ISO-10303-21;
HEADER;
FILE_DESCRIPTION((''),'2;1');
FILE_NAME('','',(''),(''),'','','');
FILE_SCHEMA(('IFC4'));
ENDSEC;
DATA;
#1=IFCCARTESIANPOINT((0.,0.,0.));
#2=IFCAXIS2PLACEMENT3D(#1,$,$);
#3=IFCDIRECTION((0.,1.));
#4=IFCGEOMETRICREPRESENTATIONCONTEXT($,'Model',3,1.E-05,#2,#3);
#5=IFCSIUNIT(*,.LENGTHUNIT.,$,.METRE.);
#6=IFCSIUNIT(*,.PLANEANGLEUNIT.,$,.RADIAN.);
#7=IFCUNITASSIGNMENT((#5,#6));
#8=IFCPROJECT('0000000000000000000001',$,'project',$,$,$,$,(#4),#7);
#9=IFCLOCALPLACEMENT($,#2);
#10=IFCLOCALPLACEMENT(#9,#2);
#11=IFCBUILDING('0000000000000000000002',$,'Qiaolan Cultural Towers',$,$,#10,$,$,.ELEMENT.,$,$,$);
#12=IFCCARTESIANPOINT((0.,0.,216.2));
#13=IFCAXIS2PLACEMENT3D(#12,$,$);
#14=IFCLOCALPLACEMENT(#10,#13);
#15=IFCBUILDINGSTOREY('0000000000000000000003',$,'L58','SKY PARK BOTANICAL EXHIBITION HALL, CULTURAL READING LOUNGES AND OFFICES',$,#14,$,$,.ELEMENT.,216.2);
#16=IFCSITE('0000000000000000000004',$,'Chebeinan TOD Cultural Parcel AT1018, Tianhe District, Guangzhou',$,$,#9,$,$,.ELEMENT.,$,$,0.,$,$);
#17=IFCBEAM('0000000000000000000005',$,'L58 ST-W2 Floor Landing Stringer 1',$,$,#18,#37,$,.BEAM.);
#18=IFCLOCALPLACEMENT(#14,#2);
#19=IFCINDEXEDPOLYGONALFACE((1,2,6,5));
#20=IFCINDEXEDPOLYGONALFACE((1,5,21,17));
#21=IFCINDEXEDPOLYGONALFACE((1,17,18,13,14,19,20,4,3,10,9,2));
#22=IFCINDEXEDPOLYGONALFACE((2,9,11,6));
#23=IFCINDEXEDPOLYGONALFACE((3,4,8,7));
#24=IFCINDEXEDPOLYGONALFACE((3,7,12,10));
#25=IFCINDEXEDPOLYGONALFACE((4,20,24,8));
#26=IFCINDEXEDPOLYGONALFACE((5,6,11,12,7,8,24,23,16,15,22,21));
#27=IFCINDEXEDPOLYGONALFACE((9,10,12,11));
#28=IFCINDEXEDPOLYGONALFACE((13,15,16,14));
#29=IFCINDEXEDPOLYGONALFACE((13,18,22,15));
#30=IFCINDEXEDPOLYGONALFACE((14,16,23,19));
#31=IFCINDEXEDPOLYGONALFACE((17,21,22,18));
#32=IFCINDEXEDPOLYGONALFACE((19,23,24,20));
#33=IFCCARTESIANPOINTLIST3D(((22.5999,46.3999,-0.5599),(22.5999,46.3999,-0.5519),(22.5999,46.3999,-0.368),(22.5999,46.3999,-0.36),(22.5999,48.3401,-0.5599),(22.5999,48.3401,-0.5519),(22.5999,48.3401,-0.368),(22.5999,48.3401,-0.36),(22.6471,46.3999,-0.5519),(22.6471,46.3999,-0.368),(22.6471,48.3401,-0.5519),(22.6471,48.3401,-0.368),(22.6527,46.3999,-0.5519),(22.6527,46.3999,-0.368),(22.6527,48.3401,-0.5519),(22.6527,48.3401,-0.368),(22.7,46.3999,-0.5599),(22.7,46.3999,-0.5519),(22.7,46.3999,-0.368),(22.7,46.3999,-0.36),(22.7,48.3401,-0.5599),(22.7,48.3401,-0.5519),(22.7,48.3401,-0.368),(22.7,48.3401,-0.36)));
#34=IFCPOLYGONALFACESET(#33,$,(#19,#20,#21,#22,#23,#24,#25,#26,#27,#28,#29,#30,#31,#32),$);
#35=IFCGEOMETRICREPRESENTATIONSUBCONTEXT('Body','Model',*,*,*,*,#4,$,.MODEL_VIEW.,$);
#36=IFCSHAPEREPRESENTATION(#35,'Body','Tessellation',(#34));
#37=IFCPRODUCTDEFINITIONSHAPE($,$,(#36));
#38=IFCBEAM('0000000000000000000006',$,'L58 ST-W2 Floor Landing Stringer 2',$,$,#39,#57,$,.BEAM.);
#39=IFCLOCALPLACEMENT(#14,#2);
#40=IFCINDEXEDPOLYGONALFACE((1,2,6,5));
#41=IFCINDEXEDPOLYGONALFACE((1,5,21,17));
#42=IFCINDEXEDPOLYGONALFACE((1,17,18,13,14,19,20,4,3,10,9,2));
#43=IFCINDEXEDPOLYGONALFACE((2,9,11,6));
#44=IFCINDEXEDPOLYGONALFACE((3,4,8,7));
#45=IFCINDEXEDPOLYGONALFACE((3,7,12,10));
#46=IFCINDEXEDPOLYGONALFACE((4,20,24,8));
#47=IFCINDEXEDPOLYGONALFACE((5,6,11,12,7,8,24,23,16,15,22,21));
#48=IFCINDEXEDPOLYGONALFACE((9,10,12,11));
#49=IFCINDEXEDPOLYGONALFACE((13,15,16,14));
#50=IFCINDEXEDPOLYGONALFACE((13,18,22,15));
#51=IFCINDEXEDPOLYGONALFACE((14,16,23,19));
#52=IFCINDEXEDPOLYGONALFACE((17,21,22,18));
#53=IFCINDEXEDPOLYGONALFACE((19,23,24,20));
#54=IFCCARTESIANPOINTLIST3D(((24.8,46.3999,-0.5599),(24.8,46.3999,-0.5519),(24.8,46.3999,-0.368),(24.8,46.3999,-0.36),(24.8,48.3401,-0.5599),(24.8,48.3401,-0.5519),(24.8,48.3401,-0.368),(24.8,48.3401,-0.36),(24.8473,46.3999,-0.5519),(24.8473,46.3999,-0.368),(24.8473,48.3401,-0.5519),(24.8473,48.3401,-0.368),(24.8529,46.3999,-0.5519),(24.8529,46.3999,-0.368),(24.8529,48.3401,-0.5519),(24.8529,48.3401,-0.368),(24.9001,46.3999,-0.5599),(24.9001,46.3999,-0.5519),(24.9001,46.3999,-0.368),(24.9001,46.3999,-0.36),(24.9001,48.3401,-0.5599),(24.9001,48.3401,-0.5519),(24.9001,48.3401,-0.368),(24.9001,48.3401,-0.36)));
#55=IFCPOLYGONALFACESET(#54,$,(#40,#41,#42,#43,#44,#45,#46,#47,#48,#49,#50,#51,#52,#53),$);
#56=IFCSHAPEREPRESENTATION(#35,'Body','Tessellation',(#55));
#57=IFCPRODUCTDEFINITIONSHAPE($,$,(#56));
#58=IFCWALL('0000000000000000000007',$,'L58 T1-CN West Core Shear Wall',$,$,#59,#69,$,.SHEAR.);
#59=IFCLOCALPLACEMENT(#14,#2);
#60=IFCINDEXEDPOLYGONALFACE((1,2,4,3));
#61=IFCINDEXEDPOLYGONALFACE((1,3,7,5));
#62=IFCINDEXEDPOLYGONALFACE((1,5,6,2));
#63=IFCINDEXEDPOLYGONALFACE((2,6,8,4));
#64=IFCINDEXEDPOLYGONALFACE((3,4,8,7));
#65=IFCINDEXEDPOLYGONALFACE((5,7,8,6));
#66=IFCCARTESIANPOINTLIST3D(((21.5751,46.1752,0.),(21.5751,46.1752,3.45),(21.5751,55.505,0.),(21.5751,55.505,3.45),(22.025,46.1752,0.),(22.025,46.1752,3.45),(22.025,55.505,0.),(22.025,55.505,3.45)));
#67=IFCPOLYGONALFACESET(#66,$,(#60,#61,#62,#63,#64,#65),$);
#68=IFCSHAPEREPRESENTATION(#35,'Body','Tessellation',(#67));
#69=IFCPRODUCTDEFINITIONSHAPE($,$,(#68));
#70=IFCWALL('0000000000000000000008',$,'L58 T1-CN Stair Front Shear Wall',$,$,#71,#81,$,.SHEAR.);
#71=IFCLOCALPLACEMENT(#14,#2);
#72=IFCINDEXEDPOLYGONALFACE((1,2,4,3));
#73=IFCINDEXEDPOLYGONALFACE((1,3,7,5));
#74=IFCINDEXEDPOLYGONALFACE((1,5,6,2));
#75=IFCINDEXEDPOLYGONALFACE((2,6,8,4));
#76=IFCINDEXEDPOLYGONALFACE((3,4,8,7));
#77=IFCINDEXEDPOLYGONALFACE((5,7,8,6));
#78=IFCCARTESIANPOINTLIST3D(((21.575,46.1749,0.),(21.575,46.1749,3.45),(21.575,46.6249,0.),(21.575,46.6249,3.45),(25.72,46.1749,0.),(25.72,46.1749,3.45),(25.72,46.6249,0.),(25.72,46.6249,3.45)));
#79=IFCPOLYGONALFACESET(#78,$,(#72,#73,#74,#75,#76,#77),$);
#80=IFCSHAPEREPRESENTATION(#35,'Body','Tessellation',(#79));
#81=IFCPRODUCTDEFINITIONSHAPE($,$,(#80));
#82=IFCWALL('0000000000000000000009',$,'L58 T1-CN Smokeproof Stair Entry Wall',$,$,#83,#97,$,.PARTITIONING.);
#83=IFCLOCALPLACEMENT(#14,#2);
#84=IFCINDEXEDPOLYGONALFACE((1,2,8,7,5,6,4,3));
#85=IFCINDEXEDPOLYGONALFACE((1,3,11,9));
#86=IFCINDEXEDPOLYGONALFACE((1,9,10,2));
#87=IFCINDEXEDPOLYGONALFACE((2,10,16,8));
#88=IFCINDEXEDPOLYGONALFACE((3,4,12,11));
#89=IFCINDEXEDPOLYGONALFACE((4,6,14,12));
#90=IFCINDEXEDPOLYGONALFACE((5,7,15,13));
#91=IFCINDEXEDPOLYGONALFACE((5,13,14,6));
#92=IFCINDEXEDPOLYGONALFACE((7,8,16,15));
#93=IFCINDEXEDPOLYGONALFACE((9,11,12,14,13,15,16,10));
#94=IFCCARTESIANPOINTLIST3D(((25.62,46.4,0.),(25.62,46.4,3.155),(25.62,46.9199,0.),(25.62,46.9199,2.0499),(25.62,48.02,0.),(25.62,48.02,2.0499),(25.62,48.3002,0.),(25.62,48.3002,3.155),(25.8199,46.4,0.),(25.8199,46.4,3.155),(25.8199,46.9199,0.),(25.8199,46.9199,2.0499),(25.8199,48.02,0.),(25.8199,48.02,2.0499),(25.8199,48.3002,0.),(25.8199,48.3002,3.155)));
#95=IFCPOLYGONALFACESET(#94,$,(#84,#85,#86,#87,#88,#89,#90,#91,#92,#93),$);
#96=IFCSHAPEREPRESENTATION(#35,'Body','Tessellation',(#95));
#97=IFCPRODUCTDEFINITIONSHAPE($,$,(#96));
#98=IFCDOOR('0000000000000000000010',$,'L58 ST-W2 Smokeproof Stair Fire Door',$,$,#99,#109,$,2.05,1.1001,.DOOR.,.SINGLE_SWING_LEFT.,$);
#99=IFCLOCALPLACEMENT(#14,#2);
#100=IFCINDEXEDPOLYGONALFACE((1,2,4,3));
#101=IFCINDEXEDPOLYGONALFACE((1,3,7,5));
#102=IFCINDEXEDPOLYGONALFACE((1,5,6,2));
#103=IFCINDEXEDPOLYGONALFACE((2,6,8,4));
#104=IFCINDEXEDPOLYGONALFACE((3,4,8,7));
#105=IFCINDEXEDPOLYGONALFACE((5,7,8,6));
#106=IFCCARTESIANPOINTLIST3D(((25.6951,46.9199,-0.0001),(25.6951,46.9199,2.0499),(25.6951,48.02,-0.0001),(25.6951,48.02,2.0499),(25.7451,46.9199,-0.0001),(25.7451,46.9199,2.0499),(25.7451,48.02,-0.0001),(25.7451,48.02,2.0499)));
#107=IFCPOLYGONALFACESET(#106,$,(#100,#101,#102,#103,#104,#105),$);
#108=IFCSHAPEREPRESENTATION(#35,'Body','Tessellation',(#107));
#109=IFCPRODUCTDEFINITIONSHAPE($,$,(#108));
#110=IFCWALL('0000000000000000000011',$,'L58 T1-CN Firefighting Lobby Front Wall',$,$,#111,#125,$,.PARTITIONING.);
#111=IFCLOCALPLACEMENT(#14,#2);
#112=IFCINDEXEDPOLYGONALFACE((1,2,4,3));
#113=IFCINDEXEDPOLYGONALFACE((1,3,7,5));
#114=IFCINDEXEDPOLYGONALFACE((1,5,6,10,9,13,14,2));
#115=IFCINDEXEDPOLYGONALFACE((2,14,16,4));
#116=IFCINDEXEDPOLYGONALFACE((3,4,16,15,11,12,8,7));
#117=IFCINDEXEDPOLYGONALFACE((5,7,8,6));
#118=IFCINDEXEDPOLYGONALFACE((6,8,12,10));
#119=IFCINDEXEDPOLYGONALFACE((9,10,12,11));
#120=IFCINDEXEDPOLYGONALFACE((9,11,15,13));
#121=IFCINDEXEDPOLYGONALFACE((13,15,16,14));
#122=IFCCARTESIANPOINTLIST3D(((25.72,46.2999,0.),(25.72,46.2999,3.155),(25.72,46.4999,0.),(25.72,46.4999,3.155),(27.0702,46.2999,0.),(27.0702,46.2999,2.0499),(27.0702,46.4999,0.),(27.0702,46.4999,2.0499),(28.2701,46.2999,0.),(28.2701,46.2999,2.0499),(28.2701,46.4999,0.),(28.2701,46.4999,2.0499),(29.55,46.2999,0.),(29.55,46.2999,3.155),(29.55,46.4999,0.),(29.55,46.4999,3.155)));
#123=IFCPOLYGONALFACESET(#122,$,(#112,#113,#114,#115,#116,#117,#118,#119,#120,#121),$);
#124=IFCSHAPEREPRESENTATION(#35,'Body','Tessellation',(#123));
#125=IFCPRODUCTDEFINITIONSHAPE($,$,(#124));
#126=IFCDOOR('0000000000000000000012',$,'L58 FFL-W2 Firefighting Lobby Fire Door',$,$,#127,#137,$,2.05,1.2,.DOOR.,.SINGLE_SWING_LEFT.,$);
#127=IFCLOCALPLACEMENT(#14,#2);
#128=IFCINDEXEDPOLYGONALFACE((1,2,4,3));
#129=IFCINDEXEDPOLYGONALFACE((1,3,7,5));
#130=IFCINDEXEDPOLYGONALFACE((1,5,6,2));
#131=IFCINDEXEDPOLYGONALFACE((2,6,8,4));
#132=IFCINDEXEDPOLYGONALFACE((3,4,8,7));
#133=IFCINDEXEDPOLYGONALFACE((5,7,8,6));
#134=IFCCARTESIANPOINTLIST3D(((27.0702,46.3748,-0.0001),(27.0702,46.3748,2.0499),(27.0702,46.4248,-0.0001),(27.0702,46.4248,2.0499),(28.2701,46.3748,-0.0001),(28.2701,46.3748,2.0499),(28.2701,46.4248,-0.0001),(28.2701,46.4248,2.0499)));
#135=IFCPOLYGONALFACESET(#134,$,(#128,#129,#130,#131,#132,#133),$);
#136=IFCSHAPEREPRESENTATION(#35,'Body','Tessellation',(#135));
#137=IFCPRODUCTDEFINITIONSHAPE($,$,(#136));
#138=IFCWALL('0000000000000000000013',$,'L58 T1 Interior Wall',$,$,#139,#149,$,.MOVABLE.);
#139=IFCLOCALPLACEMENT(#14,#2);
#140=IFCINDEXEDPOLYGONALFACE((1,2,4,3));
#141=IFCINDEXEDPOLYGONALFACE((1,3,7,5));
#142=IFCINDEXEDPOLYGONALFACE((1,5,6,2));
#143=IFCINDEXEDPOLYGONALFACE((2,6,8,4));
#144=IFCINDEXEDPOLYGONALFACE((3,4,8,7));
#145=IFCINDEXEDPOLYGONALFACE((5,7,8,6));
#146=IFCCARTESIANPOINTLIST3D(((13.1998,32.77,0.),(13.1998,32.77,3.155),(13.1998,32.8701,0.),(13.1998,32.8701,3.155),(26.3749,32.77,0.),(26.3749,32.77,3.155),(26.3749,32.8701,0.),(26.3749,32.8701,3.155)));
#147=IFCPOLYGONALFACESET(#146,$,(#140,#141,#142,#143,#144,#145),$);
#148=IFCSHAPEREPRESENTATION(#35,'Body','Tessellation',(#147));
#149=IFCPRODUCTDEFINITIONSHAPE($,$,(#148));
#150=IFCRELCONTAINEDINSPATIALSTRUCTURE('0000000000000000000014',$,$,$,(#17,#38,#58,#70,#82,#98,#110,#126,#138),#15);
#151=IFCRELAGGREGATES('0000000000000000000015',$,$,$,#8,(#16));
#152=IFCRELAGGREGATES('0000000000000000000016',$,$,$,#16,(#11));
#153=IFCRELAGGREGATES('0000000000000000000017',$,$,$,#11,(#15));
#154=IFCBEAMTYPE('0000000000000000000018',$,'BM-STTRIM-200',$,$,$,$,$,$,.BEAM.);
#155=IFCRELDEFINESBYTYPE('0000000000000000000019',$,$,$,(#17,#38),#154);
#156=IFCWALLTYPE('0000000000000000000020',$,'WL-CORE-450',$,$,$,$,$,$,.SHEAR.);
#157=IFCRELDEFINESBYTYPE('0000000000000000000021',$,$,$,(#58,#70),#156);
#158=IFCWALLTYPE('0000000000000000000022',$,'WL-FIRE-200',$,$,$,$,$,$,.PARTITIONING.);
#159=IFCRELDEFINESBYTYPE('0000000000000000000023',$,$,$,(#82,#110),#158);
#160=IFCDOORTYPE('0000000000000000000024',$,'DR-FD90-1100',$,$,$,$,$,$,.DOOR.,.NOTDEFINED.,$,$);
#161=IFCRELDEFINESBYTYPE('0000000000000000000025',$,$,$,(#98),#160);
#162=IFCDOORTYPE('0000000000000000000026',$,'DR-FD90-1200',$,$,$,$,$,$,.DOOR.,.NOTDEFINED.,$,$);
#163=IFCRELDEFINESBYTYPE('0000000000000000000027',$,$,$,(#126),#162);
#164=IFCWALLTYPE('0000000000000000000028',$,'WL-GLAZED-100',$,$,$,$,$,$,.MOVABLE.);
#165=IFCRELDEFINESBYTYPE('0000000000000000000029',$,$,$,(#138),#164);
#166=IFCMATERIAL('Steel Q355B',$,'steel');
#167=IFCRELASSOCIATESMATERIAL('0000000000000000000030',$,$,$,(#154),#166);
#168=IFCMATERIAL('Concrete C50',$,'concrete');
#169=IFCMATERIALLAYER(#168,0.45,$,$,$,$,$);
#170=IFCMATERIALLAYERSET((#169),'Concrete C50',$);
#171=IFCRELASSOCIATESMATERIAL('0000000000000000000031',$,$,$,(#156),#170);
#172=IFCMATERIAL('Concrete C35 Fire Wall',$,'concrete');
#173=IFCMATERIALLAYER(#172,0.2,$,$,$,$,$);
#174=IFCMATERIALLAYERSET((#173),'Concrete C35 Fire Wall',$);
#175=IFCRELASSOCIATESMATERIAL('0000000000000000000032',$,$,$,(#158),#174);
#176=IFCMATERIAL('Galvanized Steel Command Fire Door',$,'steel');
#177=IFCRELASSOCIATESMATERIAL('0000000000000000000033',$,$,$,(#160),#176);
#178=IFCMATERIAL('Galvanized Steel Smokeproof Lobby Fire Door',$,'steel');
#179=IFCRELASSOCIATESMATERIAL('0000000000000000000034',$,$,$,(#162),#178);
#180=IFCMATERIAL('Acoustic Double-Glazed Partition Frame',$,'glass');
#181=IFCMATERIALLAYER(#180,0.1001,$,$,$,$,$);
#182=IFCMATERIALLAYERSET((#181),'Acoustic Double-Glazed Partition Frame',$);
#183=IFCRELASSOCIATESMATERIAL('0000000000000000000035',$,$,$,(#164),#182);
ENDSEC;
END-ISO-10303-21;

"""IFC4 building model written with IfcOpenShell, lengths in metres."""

from ifc_helpers import new_model, si_unit, direction, frame, frame_2d, origin, origin_2d, place, context, subcontext, project, spatial, rectangle, i_section, extrude, material, layer, layer_set, material_profile, profile_set, type_object, element, fill, save


model = new_model("IFC4")

# Units and contexts
model_context = context("Model", 3, precision=1e-05, world=origin(), true_north=direction((0.0, 1.0)))
body_context = subcontext(model_context, "Body", "Model", "MODEL_VIEW")
ifc_project = project(units=[si_unit("LENGTHUNIT", "METRE"), si_unit("PLANEANGLEUNIT", "RADIAN")], contexts=[model_context])

# Site, building, storey
site_placement = place(None, origin())
site = spatial("IfcSite", under=ifc_project, at=site_placement, Name="Chebeinan TOD Cultural Parcel AT1018, Tianhe District, Guangzhou", CompositionType="ELEMENT", RefElevation=0.0)
building_placement = place(site_placement, origin())
building = spatial("IfcBuilding", under=site, at=building_placement, Name="Qiaolan Cultural Towers", CompositionType="ELEMENT")
storey_placement = place(building_placement, frame((0.0, 0.0, 216.2)))
storey = spatial("IfcBuildingStorey", under=building, at=storey_placement, Name="L58", Description="SKY PARK BOTANICAL EXHIBITION HALL, CULTURAL READING LOUNGES AND OFFICES", CompositionType="ELEMENT", Elevation=216.2)

# Beams
ifc_material_1 = material(Name="Steel Q355B", Category="steel")
ifc_material_profile_1 = material_profile(ifc_material_1, i_section(OverallWidth=0.1001, OverallDepth=0.2, WebThickness=0.0056, FlangeThickness=0.0081, at=origin_2d()), Name="HN200x100x5.5x8")
ifc_profile_set_1 = profile_set([ifc_material_profile_1], Name="Steel Q355B")
beam_type_1 = type_object("IfcBeamType", Name="BM-STTRIM-200", PredefinedType="BEAM", material=ifc_profile_set_1)
for number, where, z_axis, x_axis, name in (
    (1, (22.6499, 46.3999, -0.46), (0.0, 1.0, 0.0), (-1.0, 0.0, 0.0), "L58 ST-W2 Floor Landing Stringer 1"),
    (2, (24.8501, 46.3999, -0.46), (0.0, 1.0, 0.0), (-1.0, 0.0, 0.0), "L58 ST-W2 Floor Landing Stringer 2"),
):
    element("IfcBeam", number, at=place(storey_placement, frame(where, z_axis=z_axis, x_axis=x_axis)), inside=storey, type_object=beam_type_1, Name=name, PredefinedType="BEAM", context=body_context, shape_type="SweptSolid", body=[
        extrude(i_section(OverallWidth=0.1001, OverallDepth=0.2, WebThickness=0.0056, FlangeThickness=0.0081, at=origin_2d()), origin(), (0.0, 0.0, 1.0), 1.9402),
    ])

# Walls
ifc_material_2 = material(Name="Concrete C50", Category="concrete")
ifc_layer_1 = layer(ifc_material_2, 0.45)
ifc_layer_set_1 = layer_set([ifc_layer_1], Name="Concrete C50")
wall_type_1 = type_object("IfcWallType", Name="WL-CORE-450", PredefinedType="SHEAR", material=ifc_layer_set_1)
wall_1_placement = place(storey_placement, frame((21.8, 46.175, 0.0), z_axis=(0.0, 0.0, 1.0), x_axis=(0.0, 1.0, 0.0)))
element("IfcWall", 3, at=wall_1_placement, inside=storey, type_object=wall_type_1, Name="L58 T1-CN West Core Shear Wall", PredefinedType="SHEAR", context=body_context, shape_type="SweptSolid", body=[
    extrude(rectangle(XDim=9.3298, YDim=0.45, at=frame_2d((4.665, 0.0))), origin(), (0.0, 0.0, 1.0), 3.45),
])
wall_2_placement = place(storey_placement, frame((21.575, 46.3999, 0.0), z_axis=(0.0, 0.0, 1.0), x_axis=(1.0, 0.0, 0.0)))
element("IfcWall", 4, at=wall_2_placement, inside=storey, type_object=wall_type_1, Name="L58 T1-CN Stair Front Shear Wall", PredefinedType="SHEAR", context=body_context, shape_type="SweptSolid", body=[
    extrude(rectangle(XDim=4.145, YDim=0.45, at=frame_2d((2.0725, 0.0))), origin(), (0.0, 0.0, 1.0), 3.45),
])

# Walls, openings, doors
ifc_material_3 = material(Name="Concrete C35 Fire Wall", Category="concrete")
ifc_layer_2 = layer(ifc_material_3, 0.2)
ifc_layer_set_2 = layer_set([ifc_layer_2], Name="Concrete C35 Fire Wall")
wall_type_2 = type_object("IfcWallType", Name="WL-FIRE-200", PredefinedType="PARTITIONING", material=ifc_layer_set_2)
wall_3_placement = place(storey_placement, frame((25.72, 46.3999, 0.0), z_axis=(0.0, 0.0, 1.0), x_axis=(0.0, 1.0, 0.0)))
wall_3 = element("IfcWall", 5, at=wall_3_placement, inside=storey, type_object=wall_type_2, Name="L58 T1-CN Smokeproof Stair Entry Wall", PredefinedType="PARTITIONING", context=body_context, shape_type="SweptSolid", body=[
    extrude(rectangle(XDim=1.9001, YDim=0.2, at=frame_2d((0.9502, 0.0))), origin(), (0.0, 0.0, 1.0), 3.155),
])
opening_1_placement = place(wall_3_placement, frame((0.52, 0.0, 0.0)))
opening_1 = element("IfcOpeningElement", 6, at=opening_1_placement, cuts=wall_3, PredefinedType="OPENING", context=body_context, shape_type="SweptSolid", body=[
    extrude(rectangle(XDim=1.1001, YDim=2.05, at=frame_2d((0.55, 1.0249))), frame((0.0, 0.1099, 0.0), z_axis=(0.0, -1.0, 0.0), x_axis=(1.0, 0.0, 0.0)), (0.0, 0.0, 1.0), 0.22),
])
ifc_material_4 = material(Name="Galvanized Steel Command Fire Door", Category="steel")
door_type_1 = type_object("IfcDoorType", Name="DR-FD90-1100", OperationType="NOTDEFINED", PredefinedType="DOOR", material=ifc_material_4)
door_1_placement = place(opening_1_placement, origin())
door_1 = element("IfcDoor", 7, at=door_1_placement, inside=storey, type_object=door_type_1, Name="L58 ST-W2 Smokeproof Stair Fire Door", OperationType="SINGLE_SWING_LEFT", OverallHeight=2.05, OverallWidth=1.1001, PredefinedType="DOOR", context=body_context, shape_type="SweptSolid", body=[
    extrude(rectangle(XDim=1.1001, YDim=2.05, at=frame_2d((0.55, 1.0249))), frame((0.0, 0.0249, 0.0), z_axis=(0.0, -1.0, 0.0), x_axis=(1.0, 0.0, 0.0)), (0.0, 0.0, 1.0), 0.05),
])
fill(opening_1, door_1)
wall_4_placement = place(storey_placement, frame((25.72, 46.3999, 0.0), z_axis=(0.0, 0.0, 1.0), x_axis=(1.0, 0.0, 0.0)))
wall_4 = element("IfcWall", 8, at=wall_4_placement, inside=storey, type_object=wall_type_2, Name="L58 T1-CN Firefighting Lobby Front Wall", PredefinedType="PARTITIONING", context=body_context, shape_type="SweptSolid", body=[
    extrude(rectangle(XDim=3.8301, YDim=0.2, at=frame_2d((1.915, 0.0))), origin(), (0.0, 0.0, 1.0), 3.155),
])
opening_2_placement = place(wall_4_placement, frame((1.3501, 0.0, 0.0)))
opening_2 = element("IfcOpeningElement", 9, at=opening_2_placement, cuts=wall_4, PredefinedType="OPENING", context=body_context, shape_type="SweptSolid", body=[
    extrude(rectangle(XDim=1.2, YDim=2.05, at=frame_2d((0.6001, 1.0249))), frame((0.0, 0.1099, 0.0), z_axis=(0.0, -1.0, 0.0), x_axis=(1.0, 0.0, 0.0)), (0.0, 0.0, 1.0), 0.22),
])
ifc_material_5 = material(Name="Galvanized Steel Smokeproof Lobby Fire Door", Category="steel")
door_type_2 = type_object("IfcDoorType", Name="DR-FD90-1200", OperationType="NOTDEFINED", PredefinedType="DOOR", material=ifc_material_5)
door_2_placement = place(opening_2_placement, origin())
door_2 = element("IfcDoor", 10, at=door_2_placement, inside=storey, type_object=door_type_2, Name="L58 FFL-W2 Firefighting Lobby Fire Door", OperationType="SINGLE_SWING_LEFT", OverallHeight=2.05, OverallWidth=1.2, PredefinedType="DOOR", context=body_context, shape_type="SweptSolid", body=[
    extrude(rectangle(XDim=1.2, YDim=2.05, at=frame_2d((0.6001, 1.0249))), frame((0.0, 0.0249, 0.0), z_axis=(0.0, -1.0, 0.0), x_axis=(1.0, 0.0, 0.0)), (0.0, 0.0, 1.0), 0.05),
])
fill(opening_2, door_2)

# Wall
ifc_material_6 = material(Name="Acoustic Double-Glazed Partition Frame", Category="glass")
ifc_layer_3 = layer(ifc_material_6, 0.1001)
ifc_layer_set_3 = layer_set([ifc_layer_3], Name="Acoustic Double-Glazed Partition Frame")
wall_type_3 = type_object("IfcWallType", Name="WL-GLAZED-100", PredefinedType="MOVABLE", material=ifc_layer_set_3)
wall_5_placement = place(storey_placement, frame((13.2, 32.8201, 0.0), z_axis=(0.0, 0.0, 1.0), x_axis=(1.0, 0.0, 0.0)))
element("IfcWall", 11, at=wall_5_placement, inside=storey, type_object=wall_type_3, Name="L58 T1 Interior Wall", PredefinedType="MOVABLE", context=body_context, shape_type="SweptSolid", body=[
    extrude(rectangle(XDim=13.175, YDim=0.1001, at=frame_2d((6.5874, 0.0))), origin(), (0.0, 0.0, 1.0), 3.155),
])

save(model, "model.ifc")
